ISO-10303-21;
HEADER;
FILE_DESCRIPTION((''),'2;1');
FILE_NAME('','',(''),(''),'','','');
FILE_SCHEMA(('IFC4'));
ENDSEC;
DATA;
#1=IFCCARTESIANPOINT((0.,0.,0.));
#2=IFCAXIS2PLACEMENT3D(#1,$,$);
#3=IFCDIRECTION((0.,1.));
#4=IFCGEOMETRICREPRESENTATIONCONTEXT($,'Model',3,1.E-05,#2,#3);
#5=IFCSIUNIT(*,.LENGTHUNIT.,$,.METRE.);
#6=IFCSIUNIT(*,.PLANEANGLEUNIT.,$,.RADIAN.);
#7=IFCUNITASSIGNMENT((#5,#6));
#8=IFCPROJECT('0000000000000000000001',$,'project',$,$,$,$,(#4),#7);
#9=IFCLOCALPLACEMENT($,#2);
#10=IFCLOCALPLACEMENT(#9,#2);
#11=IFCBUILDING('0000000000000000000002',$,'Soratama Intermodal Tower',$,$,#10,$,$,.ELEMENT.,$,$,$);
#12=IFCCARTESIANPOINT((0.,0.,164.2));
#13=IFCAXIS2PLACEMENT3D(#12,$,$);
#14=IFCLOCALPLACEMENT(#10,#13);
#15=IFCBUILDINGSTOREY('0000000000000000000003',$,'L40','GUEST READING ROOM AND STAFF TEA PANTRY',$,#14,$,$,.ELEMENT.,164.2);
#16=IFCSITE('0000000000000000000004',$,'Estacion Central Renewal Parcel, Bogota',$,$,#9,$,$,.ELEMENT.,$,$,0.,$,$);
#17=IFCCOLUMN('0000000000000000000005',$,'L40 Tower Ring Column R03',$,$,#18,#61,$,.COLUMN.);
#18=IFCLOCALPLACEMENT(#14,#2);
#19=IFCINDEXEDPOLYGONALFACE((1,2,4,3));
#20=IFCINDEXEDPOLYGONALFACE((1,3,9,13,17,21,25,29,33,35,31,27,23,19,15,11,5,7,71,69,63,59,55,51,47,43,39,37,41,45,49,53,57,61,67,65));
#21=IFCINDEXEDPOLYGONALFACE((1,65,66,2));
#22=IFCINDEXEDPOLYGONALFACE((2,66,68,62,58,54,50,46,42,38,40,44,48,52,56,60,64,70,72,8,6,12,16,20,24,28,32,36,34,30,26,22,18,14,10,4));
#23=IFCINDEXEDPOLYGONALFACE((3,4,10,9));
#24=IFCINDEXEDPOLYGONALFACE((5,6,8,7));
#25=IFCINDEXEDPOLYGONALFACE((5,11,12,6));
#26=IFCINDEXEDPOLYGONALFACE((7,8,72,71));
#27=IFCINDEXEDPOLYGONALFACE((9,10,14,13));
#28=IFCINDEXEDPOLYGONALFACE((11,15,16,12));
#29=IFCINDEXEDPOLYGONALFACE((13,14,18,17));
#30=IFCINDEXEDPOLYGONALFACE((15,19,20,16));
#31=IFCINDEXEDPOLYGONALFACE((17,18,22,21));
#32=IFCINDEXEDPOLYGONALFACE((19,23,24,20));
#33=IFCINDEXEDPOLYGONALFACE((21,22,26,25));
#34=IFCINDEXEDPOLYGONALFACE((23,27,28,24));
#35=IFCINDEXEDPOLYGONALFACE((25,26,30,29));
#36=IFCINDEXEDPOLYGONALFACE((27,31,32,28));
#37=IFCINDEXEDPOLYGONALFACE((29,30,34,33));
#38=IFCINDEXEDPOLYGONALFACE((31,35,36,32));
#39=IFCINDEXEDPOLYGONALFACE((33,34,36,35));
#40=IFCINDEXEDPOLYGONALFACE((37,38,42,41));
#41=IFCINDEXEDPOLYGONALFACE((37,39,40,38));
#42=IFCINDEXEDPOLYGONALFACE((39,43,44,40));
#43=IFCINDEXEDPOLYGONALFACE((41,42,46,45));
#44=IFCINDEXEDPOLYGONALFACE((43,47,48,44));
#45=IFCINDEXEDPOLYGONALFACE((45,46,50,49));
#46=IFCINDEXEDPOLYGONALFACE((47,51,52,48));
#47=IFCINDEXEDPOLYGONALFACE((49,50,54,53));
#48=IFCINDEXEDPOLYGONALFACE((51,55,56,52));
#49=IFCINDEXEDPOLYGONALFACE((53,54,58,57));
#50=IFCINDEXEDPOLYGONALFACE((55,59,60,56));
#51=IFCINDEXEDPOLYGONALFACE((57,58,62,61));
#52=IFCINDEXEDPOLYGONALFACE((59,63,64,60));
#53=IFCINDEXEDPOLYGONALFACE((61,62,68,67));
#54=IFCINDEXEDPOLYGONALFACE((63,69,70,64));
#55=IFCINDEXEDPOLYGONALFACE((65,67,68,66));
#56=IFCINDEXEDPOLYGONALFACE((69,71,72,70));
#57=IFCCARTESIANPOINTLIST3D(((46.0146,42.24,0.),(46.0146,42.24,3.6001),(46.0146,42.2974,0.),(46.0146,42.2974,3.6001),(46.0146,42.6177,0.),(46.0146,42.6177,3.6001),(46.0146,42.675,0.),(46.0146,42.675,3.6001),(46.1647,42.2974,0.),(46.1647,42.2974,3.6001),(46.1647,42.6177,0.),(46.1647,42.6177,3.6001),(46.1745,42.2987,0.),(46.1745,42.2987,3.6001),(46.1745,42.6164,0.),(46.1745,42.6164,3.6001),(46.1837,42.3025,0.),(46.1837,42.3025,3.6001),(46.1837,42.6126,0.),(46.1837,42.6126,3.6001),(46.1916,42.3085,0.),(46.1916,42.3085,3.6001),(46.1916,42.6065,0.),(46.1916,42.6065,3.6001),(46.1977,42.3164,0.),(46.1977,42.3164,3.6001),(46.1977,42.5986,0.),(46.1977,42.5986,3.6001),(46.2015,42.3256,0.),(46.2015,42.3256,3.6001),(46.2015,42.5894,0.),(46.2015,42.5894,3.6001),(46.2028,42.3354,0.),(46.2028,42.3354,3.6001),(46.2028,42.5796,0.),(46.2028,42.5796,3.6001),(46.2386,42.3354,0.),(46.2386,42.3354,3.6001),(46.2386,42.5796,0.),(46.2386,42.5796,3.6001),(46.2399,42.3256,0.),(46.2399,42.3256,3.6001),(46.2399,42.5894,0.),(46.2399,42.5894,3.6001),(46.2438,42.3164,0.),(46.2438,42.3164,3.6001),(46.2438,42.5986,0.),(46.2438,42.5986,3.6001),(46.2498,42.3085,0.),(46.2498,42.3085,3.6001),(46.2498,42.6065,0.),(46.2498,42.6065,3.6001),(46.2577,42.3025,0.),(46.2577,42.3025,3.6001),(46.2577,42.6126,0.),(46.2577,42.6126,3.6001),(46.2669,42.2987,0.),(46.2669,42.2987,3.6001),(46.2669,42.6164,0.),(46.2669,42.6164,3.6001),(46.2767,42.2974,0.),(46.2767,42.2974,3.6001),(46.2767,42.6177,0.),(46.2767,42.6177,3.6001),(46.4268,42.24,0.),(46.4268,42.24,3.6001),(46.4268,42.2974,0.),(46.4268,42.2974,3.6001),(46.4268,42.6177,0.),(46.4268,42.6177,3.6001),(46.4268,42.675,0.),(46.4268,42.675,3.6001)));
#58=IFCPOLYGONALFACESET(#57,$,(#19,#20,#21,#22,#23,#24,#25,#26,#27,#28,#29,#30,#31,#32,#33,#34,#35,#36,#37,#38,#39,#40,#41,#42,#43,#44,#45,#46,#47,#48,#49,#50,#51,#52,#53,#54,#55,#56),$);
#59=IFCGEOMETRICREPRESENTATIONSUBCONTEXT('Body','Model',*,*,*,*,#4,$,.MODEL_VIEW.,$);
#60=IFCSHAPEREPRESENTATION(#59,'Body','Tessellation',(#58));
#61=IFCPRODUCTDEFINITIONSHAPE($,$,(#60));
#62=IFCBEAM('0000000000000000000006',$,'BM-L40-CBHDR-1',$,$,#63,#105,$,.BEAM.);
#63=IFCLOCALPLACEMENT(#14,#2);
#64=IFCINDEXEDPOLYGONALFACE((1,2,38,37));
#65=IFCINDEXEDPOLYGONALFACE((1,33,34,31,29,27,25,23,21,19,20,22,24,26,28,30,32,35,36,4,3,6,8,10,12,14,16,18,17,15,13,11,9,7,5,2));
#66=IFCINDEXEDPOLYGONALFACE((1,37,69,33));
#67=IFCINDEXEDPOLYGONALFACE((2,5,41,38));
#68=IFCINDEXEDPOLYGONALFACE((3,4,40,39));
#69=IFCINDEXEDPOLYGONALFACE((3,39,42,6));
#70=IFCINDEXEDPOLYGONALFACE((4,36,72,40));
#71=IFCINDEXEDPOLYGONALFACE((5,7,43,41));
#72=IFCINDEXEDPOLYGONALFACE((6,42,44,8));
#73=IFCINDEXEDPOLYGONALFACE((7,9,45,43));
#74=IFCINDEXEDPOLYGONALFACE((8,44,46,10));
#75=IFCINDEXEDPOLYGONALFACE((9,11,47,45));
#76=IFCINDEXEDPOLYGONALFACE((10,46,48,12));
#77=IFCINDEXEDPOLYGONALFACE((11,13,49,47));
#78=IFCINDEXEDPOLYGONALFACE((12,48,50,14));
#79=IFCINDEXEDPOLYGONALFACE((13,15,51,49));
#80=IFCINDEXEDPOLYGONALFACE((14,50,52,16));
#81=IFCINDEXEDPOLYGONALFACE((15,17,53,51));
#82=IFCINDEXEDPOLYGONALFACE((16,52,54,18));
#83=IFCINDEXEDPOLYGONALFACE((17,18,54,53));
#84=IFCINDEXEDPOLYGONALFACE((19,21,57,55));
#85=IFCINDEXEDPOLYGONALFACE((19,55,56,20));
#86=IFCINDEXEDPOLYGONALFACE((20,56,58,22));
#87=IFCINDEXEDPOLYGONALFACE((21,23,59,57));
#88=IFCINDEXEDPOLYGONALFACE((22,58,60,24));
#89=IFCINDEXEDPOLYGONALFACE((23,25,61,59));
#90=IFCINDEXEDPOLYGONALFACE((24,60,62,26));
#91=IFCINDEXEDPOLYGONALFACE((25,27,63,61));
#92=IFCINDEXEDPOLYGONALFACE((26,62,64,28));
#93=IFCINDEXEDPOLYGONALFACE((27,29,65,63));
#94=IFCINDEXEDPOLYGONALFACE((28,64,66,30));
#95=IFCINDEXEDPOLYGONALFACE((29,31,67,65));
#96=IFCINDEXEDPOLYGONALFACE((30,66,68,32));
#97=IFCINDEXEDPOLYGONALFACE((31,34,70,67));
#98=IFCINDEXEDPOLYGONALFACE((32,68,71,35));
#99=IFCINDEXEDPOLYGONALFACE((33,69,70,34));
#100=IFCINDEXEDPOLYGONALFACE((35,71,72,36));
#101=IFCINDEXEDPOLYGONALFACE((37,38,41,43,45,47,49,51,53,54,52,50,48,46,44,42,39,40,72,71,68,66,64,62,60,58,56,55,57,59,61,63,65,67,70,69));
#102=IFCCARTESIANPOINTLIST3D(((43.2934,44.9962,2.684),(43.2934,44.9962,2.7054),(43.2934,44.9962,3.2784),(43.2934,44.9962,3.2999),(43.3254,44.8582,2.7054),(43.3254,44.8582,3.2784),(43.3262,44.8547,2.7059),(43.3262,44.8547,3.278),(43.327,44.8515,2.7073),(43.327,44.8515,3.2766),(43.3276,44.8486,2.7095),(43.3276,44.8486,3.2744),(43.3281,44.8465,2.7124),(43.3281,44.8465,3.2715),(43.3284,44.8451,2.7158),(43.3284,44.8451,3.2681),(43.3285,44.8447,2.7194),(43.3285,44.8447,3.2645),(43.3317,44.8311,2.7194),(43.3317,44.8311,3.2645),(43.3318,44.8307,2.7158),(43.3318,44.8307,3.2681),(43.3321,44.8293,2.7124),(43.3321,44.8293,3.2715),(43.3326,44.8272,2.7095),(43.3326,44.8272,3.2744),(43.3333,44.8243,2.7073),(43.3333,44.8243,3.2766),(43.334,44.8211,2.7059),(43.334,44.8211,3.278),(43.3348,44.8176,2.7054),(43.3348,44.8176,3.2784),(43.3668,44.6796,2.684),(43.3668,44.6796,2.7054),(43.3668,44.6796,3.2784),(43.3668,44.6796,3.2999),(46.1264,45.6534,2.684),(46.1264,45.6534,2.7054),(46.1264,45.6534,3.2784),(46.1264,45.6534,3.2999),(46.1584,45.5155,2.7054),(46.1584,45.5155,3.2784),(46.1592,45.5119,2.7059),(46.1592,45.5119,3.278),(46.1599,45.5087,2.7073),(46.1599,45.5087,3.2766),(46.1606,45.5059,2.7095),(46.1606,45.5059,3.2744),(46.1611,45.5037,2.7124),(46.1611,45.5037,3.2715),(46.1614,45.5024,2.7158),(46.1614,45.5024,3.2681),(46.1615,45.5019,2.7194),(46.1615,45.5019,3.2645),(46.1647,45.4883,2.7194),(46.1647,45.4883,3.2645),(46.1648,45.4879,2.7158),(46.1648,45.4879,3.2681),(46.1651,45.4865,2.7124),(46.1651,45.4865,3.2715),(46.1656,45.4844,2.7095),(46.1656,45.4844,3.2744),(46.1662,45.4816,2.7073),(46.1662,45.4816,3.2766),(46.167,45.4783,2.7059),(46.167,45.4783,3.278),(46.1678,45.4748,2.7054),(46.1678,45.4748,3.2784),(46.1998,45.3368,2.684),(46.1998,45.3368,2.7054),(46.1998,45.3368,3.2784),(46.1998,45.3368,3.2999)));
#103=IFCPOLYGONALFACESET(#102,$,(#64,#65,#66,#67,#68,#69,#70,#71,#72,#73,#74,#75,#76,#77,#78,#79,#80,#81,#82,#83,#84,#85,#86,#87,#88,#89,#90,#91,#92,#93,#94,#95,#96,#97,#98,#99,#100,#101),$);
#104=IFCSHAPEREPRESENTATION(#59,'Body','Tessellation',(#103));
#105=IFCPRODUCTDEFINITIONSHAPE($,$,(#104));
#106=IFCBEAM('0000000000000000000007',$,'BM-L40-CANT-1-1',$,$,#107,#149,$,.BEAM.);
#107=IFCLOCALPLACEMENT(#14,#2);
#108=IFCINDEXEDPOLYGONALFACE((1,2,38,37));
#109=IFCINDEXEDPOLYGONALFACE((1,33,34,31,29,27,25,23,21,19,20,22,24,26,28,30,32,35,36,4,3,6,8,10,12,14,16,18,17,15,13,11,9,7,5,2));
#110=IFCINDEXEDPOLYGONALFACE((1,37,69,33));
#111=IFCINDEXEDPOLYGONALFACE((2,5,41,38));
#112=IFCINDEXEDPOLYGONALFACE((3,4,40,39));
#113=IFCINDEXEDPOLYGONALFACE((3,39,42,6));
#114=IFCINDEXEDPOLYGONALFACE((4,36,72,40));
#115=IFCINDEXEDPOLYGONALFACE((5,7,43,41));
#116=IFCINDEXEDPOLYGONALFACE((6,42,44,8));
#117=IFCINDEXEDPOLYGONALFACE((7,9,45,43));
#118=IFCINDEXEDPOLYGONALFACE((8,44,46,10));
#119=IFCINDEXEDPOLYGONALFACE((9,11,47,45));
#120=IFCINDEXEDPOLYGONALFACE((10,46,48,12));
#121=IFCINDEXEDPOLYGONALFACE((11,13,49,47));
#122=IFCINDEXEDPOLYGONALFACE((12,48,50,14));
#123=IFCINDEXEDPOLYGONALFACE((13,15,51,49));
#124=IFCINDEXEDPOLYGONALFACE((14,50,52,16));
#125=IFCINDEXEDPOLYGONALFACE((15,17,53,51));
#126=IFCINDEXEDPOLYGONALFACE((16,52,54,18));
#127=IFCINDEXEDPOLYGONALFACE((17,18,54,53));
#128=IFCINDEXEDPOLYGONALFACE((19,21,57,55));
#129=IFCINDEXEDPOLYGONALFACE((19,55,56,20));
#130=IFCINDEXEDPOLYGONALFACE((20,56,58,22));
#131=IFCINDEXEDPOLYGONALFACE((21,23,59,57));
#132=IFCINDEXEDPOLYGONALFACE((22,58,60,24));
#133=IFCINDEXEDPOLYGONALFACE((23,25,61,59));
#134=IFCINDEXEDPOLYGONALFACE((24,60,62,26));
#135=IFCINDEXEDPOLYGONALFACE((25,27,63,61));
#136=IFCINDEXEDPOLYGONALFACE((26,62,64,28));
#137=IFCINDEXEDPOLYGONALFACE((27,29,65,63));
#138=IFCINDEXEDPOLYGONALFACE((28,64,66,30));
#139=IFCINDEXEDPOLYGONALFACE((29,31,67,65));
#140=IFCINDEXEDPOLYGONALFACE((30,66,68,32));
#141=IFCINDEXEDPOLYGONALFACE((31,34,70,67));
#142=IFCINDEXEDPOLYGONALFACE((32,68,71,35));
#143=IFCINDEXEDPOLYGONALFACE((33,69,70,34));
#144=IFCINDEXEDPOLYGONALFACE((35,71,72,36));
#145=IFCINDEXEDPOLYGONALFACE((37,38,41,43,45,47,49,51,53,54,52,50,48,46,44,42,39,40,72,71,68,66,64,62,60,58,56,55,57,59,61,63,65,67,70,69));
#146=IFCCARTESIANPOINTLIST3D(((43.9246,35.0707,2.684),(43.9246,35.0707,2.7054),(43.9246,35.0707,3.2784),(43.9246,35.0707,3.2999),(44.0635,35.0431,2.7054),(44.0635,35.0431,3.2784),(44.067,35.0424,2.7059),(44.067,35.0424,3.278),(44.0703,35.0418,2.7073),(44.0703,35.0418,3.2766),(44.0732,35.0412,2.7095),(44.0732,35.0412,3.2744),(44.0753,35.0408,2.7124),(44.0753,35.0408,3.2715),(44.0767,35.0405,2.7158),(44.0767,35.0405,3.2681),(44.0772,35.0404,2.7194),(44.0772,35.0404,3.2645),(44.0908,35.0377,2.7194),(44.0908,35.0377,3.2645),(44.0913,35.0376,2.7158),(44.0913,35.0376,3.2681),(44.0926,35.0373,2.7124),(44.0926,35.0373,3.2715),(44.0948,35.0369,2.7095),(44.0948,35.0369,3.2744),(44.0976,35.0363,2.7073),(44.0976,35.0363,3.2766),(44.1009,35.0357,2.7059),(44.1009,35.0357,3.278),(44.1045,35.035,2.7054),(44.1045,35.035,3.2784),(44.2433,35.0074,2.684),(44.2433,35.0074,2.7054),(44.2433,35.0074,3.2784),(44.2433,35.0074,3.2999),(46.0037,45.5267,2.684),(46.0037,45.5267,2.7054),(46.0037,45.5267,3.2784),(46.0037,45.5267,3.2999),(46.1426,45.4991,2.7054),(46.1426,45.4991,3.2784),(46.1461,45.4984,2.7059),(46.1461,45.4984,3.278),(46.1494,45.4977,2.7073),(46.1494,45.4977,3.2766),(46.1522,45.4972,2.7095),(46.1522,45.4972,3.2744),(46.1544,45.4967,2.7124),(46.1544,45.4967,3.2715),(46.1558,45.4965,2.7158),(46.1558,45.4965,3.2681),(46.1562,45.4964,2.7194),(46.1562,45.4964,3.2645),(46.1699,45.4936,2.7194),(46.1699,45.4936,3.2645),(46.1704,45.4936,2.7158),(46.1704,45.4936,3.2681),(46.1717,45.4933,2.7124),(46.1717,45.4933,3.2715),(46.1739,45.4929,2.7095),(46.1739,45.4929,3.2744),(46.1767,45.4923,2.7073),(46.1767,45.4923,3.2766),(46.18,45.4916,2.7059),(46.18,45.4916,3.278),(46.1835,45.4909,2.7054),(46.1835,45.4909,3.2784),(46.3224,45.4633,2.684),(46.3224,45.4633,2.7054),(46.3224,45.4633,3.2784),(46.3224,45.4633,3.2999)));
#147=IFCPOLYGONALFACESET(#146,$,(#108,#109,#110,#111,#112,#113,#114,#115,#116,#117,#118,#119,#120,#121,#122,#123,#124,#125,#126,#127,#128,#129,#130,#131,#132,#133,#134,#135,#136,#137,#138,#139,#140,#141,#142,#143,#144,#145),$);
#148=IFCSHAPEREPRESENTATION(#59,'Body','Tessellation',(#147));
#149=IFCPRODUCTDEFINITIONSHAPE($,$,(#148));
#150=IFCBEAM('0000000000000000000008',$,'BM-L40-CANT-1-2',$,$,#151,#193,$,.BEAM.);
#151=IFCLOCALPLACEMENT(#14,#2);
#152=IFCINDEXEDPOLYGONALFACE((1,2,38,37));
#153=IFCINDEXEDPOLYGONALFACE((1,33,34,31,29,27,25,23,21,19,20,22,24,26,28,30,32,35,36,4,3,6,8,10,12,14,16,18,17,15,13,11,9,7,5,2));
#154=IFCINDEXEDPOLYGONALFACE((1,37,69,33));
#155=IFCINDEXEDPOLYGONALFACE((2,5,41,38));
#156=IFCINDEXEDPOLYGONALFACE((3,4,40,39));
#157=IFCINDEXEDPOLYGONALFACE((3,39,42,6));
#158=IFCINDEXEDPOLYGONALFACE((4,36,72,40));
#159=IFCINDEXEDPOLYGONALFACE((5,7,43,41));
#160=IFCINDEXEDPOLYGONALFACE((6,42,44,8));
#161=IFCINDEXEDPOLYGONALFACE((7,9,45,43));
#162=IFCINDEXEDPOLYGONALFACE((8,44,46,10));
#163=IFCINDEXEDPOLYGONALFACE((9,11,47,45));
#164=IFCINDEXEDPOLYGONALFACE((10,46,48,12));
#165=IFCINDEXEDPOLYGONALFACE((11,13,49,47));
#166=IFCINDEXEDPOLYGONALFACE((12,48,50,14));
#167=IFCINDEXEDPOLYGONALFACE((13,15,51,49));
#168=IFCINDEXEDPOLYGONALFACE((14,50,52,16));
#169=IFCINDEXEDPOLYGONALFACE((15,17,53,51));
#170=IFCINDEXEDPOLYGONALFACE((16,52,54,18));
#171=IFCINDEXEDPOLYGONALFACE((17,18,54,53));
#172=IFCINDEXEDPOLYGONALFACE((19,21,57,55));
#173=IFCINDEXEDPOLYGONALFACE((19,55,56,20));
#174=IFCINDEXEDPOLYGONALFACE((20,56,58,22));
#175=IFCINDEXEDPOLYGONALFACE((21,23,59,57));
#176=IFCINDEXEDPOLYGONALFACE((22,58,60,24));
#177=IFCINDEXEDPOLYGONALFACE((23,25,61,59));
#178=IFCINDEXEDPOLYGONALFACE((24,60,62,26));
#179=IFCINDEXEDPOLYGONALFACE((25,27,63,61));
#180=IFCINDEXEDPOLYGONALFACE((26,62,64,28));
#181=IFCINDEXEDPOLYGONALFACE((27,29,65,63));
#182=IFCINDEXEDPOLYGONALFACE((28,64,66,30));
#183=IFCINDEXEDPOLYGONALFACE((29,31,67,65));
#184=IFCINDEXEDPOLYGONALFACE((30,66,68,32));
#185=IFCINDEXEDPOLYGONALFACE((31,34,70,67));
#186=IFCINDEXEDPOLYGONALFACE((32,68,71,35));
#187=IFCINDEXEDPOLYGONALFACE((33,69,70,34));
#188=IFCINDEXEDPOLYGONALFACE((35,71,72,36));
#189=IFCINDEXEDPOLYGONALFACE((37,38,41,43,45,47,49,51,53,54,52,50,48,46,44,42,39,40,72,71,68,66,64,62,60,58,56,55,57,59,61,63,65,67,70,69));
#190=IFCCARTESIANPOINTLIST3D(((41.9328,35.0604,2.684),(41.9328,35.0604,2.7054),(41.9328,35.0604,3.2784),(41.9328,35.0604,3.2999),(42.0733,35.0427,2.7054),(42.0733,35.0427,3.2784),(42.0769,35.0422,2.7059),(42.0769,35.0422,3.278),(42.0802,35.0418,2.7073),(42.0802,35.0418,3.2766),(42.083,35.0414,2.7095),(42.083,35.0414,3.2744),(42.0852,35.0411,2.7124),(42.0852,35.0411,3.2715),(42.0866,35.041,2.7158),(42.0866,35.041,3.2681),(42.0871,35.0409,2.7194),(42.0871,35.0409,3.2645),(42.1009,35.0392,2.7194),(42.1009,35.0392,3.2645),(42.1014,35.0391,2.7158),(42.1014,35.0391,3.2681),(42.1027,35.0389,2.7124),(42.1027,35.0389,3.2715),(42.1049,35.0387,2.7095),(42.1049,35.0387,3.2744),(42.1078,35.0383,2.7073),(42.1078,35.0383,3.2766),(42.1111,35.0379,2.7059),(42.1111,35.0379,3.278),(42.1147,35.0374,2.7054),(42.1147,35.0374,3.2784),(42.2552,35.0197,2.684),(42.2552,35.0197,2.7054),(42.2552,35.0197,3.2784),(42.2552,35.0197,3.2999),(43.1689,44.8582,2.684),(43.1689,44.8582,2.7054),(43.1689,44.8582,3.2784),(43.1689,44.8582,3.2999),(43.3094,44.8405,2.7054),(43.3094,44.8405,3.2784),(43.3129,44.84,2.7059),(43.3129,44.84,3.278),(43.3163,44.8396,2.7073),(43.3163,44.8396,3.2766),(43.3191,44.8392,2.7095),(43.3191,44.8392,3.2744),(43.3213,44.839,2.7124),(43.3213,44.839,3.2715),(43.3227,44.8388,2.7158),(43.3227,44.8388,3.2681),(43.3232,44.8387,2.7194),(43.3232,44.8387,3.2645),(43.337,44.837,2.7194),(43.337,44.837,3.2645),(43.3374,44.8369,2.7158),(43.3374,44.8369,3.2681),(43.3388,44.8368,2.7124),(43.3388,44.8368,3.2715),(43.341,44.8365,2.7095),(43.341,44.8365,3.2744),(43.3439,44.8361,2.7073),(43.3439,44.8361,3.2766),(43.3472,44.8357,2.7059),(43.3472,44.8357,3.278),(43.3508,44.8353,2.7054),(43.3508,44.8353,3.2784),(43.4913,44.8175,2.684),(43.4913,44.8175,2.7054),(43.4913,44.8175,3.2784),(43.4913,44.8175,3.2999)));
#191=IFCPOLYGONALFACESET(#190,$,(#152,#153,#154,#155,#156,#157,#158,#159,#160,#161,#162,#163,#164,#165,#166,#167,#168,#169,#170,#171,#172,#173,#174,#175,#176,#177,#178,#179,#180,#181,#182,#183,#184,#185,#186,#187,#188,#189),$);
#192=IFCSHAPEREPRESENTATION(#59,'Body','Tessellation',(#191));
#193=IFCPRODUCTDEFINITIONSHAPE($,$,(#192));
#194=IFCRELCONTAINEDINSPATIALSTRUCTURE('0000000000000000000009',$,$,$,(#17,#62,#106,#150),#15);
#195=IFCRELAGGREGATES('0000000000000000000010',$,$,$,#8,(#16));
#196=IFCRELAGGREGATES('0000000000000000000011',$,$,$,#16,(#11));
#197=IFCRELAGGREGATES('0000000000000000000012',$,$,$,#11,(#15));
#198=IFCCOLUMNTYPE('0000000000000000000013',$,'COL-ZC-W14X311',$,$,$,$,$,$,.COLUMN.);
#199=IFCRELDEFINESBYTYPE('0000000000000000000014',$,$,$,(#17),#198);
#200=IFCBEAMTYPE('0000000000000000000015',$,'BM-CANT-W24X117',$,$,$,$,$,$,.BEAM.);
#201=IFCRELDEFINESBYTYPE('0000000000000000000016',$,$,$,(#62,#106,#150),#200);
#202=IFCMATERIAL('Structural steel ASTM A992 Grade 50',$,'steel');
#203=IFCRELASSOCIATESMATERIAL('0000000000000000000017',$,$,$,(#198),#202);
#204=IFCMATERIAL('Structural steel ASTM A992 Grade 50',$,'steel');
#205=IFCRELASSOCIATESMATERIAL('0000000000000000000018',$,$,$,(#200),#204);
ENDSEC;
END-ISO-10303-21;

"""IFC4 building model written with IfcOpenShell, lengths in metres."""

from ifc_helpers import new_model, si_unit, direction, frame, origin, origin_2d, place, context, subcontext, project, spatial, i_section, extrude, material, material_profile, profile_set, type_object, element, save


model = new_model("IFC4")

# Units and contexts
model_context = context("Model", 3, precision=1e-05, world=origin(), true_north=direction((0.0, 1.0)))
body_context = subcontext(model_context, "Body", "Model", "MODEL_VIEW")
ifc_project = project(units=[si_unit("LENGTHUNIT", "METRE"), si_unit("PLANEANGLEUNIT", "RADIAN")], contexts=[model_context])

# Site, building, storey
site_placement = place(None, origin())
site = spatial("IfcSite", under=ifc_project, at=site_placement, Name="Estacion Central Renewal Parcel, Bogota", CompositionType="ELEMENT", RefElevation=0.0)
building_placement = place(site_placement, origin())
building = spatial("IfcBuilding", under=site, at=building_placement, Name="Soratama Intermodal Tower", CompositionType="ELEMENT")
storey_placement = place(building_placement, frame((0.0, 0.0, 164.2)))
storey = spatial("IfcBuildingStorey", under=building, at=storey_placement, Name="L40", Description="GUEST READING ROOM AND STAFF TEA PANTRY", CompositionType="ELEMENT", Elevation=164.2)

# Column
ifc_material_1 = material(Name="Structural steel ASTM A992 Grade 50", Category="steel")
ifc_material_profile_1 = material_profile(ifc_material_1, i_section(OverallWidth=0.4121, OverallDepth=0.4351, WebThickness=0.0359, FlangeThickness=0.0574, FilletRadius=0.0381, at=origin_2d()), Name="W14X311")
ifc_profile_set_1 = profile_set([ifc_material_profile_1], Name="Structural steel ASTM A992 Grade 50")
column_type = type_object("IfcColumnType", Name="COL-ZC-W14X311", PredefinedType="COLUMN", material=ifc_profile_set_1)
column_placement = place(storey_placement, frame((46.2207, 42.4575, 0.0), z_axis=(0.0, 0.0, 1.0), x_axis=(1.0, 0.0, 0.0)))
element("IfcColumn", 1, at=column_placement, inside=storey, type_object=column_type, Name="L40 Tower Ring Column R03", PredefinedType="COLUMN", context=body_context, shape_type="SweptSolid", body=[
    extrude(i_section(OverallWidth=0.4121, OverallDepth=0.4351, WebThickness=0.0359, FlangeThickness=0.0574, FilletRadius=0.0381, at=origin_2d()), origin(), (0.0, 0.0, 1.0), 3.6001),
])

# Beams
ifc_material_2 = material(Name="Structural steel ASTM A992 Grade 50", Category="steel")
ifc_material_profile_2 = material_profile(ifc_material_2, i_section(OverallWidth=0.325, OverallDepth=0.616, WebThickness=0.0139, FlangeThickness=0.0215, FilletRadius=0.0139, at=origin_2d()), Name="W24X117")
ifc_profile_set_2 = profile_set([ifc_material_profile_2], Name="Structural steel ASTM A992 Grade 50")
beam_type_1 = type_object("IfcBeamType", Name="BM-CANT-W24X117", PredefinedType="BEAM", material=ifc_profile_set_2)
beam_1_placement = place(storey_placement, frame((46.1631, 45.4951, 2.9919), z_axis=(-0.97413, -0.225987, 0.0), x_axis=(0.225987, -0.97413, 0.0)))
element("IfcBeam", 2, at=beam_1_placement, inside=storey, type_object=beam_type_1, Name="BM-L40-CBHDR-1", PredefinedType="BEAM", context=body_context, shape_type="SweptSolid", body=[
    extrude(i_section(OverallWidth=0.325, OverallDepth=0.616, WebThickness=0.0139, FlangeThickness=0.0215, FilletRadius=0.0139, at=origin_2d()), origin(), (0.0, 0.0, 1.0), 2.9082),
])
beam_2_placement = place(storey_placement, frame((44.084, 35.0391, 2.9919), z_axis=(0.195024, 0.980799, 0.0), x_axis=(-0.980799, 0.195024, 0.0)))
element("IfcBeam", 3, at=beam_2_placement, inside=storey, type_object=beam_type_1, Name="BM-L40-CANT-1-1", PredefinedType="BEAM", context=body_context, shape_type="SweptSolid", body=[
    extrude(i_section(OverallWidth=0.325, OverallDepth=0.616, WebThickness=0.0139, FlangeThickness=0.0215, FilletRadius=0.0139, at=origin_2d()), origin(), (0.0, 0.0, 1.0), 10.6606),
])
beam_3_placement = place(storey_placement, frame((42.094, 35.04, 2.9919), z_axis=(0.125167, 0.992136, 0.0), x_axis=(-0.992136, 0.125167, 0.0)))
element("IfcBeam", 4, at=beam_3_placement, inside=storey, type_object=beam_type_1, Name="BM-L40-CANT-1-2", PredefinedType="BEAM", context=body_context, shape_type="SweptSolid", body=[
    extrude(i_section(OverallWidth=0.325, OverallDepth=0.616, WebThickness=0.0139, FlangeThickness=0.0215, FilletRadius=0.0139, at=origin_2d()), origin(), (0.0, 0.0, 1.0), 9.8755),
])

save(model, "model.ifc")
